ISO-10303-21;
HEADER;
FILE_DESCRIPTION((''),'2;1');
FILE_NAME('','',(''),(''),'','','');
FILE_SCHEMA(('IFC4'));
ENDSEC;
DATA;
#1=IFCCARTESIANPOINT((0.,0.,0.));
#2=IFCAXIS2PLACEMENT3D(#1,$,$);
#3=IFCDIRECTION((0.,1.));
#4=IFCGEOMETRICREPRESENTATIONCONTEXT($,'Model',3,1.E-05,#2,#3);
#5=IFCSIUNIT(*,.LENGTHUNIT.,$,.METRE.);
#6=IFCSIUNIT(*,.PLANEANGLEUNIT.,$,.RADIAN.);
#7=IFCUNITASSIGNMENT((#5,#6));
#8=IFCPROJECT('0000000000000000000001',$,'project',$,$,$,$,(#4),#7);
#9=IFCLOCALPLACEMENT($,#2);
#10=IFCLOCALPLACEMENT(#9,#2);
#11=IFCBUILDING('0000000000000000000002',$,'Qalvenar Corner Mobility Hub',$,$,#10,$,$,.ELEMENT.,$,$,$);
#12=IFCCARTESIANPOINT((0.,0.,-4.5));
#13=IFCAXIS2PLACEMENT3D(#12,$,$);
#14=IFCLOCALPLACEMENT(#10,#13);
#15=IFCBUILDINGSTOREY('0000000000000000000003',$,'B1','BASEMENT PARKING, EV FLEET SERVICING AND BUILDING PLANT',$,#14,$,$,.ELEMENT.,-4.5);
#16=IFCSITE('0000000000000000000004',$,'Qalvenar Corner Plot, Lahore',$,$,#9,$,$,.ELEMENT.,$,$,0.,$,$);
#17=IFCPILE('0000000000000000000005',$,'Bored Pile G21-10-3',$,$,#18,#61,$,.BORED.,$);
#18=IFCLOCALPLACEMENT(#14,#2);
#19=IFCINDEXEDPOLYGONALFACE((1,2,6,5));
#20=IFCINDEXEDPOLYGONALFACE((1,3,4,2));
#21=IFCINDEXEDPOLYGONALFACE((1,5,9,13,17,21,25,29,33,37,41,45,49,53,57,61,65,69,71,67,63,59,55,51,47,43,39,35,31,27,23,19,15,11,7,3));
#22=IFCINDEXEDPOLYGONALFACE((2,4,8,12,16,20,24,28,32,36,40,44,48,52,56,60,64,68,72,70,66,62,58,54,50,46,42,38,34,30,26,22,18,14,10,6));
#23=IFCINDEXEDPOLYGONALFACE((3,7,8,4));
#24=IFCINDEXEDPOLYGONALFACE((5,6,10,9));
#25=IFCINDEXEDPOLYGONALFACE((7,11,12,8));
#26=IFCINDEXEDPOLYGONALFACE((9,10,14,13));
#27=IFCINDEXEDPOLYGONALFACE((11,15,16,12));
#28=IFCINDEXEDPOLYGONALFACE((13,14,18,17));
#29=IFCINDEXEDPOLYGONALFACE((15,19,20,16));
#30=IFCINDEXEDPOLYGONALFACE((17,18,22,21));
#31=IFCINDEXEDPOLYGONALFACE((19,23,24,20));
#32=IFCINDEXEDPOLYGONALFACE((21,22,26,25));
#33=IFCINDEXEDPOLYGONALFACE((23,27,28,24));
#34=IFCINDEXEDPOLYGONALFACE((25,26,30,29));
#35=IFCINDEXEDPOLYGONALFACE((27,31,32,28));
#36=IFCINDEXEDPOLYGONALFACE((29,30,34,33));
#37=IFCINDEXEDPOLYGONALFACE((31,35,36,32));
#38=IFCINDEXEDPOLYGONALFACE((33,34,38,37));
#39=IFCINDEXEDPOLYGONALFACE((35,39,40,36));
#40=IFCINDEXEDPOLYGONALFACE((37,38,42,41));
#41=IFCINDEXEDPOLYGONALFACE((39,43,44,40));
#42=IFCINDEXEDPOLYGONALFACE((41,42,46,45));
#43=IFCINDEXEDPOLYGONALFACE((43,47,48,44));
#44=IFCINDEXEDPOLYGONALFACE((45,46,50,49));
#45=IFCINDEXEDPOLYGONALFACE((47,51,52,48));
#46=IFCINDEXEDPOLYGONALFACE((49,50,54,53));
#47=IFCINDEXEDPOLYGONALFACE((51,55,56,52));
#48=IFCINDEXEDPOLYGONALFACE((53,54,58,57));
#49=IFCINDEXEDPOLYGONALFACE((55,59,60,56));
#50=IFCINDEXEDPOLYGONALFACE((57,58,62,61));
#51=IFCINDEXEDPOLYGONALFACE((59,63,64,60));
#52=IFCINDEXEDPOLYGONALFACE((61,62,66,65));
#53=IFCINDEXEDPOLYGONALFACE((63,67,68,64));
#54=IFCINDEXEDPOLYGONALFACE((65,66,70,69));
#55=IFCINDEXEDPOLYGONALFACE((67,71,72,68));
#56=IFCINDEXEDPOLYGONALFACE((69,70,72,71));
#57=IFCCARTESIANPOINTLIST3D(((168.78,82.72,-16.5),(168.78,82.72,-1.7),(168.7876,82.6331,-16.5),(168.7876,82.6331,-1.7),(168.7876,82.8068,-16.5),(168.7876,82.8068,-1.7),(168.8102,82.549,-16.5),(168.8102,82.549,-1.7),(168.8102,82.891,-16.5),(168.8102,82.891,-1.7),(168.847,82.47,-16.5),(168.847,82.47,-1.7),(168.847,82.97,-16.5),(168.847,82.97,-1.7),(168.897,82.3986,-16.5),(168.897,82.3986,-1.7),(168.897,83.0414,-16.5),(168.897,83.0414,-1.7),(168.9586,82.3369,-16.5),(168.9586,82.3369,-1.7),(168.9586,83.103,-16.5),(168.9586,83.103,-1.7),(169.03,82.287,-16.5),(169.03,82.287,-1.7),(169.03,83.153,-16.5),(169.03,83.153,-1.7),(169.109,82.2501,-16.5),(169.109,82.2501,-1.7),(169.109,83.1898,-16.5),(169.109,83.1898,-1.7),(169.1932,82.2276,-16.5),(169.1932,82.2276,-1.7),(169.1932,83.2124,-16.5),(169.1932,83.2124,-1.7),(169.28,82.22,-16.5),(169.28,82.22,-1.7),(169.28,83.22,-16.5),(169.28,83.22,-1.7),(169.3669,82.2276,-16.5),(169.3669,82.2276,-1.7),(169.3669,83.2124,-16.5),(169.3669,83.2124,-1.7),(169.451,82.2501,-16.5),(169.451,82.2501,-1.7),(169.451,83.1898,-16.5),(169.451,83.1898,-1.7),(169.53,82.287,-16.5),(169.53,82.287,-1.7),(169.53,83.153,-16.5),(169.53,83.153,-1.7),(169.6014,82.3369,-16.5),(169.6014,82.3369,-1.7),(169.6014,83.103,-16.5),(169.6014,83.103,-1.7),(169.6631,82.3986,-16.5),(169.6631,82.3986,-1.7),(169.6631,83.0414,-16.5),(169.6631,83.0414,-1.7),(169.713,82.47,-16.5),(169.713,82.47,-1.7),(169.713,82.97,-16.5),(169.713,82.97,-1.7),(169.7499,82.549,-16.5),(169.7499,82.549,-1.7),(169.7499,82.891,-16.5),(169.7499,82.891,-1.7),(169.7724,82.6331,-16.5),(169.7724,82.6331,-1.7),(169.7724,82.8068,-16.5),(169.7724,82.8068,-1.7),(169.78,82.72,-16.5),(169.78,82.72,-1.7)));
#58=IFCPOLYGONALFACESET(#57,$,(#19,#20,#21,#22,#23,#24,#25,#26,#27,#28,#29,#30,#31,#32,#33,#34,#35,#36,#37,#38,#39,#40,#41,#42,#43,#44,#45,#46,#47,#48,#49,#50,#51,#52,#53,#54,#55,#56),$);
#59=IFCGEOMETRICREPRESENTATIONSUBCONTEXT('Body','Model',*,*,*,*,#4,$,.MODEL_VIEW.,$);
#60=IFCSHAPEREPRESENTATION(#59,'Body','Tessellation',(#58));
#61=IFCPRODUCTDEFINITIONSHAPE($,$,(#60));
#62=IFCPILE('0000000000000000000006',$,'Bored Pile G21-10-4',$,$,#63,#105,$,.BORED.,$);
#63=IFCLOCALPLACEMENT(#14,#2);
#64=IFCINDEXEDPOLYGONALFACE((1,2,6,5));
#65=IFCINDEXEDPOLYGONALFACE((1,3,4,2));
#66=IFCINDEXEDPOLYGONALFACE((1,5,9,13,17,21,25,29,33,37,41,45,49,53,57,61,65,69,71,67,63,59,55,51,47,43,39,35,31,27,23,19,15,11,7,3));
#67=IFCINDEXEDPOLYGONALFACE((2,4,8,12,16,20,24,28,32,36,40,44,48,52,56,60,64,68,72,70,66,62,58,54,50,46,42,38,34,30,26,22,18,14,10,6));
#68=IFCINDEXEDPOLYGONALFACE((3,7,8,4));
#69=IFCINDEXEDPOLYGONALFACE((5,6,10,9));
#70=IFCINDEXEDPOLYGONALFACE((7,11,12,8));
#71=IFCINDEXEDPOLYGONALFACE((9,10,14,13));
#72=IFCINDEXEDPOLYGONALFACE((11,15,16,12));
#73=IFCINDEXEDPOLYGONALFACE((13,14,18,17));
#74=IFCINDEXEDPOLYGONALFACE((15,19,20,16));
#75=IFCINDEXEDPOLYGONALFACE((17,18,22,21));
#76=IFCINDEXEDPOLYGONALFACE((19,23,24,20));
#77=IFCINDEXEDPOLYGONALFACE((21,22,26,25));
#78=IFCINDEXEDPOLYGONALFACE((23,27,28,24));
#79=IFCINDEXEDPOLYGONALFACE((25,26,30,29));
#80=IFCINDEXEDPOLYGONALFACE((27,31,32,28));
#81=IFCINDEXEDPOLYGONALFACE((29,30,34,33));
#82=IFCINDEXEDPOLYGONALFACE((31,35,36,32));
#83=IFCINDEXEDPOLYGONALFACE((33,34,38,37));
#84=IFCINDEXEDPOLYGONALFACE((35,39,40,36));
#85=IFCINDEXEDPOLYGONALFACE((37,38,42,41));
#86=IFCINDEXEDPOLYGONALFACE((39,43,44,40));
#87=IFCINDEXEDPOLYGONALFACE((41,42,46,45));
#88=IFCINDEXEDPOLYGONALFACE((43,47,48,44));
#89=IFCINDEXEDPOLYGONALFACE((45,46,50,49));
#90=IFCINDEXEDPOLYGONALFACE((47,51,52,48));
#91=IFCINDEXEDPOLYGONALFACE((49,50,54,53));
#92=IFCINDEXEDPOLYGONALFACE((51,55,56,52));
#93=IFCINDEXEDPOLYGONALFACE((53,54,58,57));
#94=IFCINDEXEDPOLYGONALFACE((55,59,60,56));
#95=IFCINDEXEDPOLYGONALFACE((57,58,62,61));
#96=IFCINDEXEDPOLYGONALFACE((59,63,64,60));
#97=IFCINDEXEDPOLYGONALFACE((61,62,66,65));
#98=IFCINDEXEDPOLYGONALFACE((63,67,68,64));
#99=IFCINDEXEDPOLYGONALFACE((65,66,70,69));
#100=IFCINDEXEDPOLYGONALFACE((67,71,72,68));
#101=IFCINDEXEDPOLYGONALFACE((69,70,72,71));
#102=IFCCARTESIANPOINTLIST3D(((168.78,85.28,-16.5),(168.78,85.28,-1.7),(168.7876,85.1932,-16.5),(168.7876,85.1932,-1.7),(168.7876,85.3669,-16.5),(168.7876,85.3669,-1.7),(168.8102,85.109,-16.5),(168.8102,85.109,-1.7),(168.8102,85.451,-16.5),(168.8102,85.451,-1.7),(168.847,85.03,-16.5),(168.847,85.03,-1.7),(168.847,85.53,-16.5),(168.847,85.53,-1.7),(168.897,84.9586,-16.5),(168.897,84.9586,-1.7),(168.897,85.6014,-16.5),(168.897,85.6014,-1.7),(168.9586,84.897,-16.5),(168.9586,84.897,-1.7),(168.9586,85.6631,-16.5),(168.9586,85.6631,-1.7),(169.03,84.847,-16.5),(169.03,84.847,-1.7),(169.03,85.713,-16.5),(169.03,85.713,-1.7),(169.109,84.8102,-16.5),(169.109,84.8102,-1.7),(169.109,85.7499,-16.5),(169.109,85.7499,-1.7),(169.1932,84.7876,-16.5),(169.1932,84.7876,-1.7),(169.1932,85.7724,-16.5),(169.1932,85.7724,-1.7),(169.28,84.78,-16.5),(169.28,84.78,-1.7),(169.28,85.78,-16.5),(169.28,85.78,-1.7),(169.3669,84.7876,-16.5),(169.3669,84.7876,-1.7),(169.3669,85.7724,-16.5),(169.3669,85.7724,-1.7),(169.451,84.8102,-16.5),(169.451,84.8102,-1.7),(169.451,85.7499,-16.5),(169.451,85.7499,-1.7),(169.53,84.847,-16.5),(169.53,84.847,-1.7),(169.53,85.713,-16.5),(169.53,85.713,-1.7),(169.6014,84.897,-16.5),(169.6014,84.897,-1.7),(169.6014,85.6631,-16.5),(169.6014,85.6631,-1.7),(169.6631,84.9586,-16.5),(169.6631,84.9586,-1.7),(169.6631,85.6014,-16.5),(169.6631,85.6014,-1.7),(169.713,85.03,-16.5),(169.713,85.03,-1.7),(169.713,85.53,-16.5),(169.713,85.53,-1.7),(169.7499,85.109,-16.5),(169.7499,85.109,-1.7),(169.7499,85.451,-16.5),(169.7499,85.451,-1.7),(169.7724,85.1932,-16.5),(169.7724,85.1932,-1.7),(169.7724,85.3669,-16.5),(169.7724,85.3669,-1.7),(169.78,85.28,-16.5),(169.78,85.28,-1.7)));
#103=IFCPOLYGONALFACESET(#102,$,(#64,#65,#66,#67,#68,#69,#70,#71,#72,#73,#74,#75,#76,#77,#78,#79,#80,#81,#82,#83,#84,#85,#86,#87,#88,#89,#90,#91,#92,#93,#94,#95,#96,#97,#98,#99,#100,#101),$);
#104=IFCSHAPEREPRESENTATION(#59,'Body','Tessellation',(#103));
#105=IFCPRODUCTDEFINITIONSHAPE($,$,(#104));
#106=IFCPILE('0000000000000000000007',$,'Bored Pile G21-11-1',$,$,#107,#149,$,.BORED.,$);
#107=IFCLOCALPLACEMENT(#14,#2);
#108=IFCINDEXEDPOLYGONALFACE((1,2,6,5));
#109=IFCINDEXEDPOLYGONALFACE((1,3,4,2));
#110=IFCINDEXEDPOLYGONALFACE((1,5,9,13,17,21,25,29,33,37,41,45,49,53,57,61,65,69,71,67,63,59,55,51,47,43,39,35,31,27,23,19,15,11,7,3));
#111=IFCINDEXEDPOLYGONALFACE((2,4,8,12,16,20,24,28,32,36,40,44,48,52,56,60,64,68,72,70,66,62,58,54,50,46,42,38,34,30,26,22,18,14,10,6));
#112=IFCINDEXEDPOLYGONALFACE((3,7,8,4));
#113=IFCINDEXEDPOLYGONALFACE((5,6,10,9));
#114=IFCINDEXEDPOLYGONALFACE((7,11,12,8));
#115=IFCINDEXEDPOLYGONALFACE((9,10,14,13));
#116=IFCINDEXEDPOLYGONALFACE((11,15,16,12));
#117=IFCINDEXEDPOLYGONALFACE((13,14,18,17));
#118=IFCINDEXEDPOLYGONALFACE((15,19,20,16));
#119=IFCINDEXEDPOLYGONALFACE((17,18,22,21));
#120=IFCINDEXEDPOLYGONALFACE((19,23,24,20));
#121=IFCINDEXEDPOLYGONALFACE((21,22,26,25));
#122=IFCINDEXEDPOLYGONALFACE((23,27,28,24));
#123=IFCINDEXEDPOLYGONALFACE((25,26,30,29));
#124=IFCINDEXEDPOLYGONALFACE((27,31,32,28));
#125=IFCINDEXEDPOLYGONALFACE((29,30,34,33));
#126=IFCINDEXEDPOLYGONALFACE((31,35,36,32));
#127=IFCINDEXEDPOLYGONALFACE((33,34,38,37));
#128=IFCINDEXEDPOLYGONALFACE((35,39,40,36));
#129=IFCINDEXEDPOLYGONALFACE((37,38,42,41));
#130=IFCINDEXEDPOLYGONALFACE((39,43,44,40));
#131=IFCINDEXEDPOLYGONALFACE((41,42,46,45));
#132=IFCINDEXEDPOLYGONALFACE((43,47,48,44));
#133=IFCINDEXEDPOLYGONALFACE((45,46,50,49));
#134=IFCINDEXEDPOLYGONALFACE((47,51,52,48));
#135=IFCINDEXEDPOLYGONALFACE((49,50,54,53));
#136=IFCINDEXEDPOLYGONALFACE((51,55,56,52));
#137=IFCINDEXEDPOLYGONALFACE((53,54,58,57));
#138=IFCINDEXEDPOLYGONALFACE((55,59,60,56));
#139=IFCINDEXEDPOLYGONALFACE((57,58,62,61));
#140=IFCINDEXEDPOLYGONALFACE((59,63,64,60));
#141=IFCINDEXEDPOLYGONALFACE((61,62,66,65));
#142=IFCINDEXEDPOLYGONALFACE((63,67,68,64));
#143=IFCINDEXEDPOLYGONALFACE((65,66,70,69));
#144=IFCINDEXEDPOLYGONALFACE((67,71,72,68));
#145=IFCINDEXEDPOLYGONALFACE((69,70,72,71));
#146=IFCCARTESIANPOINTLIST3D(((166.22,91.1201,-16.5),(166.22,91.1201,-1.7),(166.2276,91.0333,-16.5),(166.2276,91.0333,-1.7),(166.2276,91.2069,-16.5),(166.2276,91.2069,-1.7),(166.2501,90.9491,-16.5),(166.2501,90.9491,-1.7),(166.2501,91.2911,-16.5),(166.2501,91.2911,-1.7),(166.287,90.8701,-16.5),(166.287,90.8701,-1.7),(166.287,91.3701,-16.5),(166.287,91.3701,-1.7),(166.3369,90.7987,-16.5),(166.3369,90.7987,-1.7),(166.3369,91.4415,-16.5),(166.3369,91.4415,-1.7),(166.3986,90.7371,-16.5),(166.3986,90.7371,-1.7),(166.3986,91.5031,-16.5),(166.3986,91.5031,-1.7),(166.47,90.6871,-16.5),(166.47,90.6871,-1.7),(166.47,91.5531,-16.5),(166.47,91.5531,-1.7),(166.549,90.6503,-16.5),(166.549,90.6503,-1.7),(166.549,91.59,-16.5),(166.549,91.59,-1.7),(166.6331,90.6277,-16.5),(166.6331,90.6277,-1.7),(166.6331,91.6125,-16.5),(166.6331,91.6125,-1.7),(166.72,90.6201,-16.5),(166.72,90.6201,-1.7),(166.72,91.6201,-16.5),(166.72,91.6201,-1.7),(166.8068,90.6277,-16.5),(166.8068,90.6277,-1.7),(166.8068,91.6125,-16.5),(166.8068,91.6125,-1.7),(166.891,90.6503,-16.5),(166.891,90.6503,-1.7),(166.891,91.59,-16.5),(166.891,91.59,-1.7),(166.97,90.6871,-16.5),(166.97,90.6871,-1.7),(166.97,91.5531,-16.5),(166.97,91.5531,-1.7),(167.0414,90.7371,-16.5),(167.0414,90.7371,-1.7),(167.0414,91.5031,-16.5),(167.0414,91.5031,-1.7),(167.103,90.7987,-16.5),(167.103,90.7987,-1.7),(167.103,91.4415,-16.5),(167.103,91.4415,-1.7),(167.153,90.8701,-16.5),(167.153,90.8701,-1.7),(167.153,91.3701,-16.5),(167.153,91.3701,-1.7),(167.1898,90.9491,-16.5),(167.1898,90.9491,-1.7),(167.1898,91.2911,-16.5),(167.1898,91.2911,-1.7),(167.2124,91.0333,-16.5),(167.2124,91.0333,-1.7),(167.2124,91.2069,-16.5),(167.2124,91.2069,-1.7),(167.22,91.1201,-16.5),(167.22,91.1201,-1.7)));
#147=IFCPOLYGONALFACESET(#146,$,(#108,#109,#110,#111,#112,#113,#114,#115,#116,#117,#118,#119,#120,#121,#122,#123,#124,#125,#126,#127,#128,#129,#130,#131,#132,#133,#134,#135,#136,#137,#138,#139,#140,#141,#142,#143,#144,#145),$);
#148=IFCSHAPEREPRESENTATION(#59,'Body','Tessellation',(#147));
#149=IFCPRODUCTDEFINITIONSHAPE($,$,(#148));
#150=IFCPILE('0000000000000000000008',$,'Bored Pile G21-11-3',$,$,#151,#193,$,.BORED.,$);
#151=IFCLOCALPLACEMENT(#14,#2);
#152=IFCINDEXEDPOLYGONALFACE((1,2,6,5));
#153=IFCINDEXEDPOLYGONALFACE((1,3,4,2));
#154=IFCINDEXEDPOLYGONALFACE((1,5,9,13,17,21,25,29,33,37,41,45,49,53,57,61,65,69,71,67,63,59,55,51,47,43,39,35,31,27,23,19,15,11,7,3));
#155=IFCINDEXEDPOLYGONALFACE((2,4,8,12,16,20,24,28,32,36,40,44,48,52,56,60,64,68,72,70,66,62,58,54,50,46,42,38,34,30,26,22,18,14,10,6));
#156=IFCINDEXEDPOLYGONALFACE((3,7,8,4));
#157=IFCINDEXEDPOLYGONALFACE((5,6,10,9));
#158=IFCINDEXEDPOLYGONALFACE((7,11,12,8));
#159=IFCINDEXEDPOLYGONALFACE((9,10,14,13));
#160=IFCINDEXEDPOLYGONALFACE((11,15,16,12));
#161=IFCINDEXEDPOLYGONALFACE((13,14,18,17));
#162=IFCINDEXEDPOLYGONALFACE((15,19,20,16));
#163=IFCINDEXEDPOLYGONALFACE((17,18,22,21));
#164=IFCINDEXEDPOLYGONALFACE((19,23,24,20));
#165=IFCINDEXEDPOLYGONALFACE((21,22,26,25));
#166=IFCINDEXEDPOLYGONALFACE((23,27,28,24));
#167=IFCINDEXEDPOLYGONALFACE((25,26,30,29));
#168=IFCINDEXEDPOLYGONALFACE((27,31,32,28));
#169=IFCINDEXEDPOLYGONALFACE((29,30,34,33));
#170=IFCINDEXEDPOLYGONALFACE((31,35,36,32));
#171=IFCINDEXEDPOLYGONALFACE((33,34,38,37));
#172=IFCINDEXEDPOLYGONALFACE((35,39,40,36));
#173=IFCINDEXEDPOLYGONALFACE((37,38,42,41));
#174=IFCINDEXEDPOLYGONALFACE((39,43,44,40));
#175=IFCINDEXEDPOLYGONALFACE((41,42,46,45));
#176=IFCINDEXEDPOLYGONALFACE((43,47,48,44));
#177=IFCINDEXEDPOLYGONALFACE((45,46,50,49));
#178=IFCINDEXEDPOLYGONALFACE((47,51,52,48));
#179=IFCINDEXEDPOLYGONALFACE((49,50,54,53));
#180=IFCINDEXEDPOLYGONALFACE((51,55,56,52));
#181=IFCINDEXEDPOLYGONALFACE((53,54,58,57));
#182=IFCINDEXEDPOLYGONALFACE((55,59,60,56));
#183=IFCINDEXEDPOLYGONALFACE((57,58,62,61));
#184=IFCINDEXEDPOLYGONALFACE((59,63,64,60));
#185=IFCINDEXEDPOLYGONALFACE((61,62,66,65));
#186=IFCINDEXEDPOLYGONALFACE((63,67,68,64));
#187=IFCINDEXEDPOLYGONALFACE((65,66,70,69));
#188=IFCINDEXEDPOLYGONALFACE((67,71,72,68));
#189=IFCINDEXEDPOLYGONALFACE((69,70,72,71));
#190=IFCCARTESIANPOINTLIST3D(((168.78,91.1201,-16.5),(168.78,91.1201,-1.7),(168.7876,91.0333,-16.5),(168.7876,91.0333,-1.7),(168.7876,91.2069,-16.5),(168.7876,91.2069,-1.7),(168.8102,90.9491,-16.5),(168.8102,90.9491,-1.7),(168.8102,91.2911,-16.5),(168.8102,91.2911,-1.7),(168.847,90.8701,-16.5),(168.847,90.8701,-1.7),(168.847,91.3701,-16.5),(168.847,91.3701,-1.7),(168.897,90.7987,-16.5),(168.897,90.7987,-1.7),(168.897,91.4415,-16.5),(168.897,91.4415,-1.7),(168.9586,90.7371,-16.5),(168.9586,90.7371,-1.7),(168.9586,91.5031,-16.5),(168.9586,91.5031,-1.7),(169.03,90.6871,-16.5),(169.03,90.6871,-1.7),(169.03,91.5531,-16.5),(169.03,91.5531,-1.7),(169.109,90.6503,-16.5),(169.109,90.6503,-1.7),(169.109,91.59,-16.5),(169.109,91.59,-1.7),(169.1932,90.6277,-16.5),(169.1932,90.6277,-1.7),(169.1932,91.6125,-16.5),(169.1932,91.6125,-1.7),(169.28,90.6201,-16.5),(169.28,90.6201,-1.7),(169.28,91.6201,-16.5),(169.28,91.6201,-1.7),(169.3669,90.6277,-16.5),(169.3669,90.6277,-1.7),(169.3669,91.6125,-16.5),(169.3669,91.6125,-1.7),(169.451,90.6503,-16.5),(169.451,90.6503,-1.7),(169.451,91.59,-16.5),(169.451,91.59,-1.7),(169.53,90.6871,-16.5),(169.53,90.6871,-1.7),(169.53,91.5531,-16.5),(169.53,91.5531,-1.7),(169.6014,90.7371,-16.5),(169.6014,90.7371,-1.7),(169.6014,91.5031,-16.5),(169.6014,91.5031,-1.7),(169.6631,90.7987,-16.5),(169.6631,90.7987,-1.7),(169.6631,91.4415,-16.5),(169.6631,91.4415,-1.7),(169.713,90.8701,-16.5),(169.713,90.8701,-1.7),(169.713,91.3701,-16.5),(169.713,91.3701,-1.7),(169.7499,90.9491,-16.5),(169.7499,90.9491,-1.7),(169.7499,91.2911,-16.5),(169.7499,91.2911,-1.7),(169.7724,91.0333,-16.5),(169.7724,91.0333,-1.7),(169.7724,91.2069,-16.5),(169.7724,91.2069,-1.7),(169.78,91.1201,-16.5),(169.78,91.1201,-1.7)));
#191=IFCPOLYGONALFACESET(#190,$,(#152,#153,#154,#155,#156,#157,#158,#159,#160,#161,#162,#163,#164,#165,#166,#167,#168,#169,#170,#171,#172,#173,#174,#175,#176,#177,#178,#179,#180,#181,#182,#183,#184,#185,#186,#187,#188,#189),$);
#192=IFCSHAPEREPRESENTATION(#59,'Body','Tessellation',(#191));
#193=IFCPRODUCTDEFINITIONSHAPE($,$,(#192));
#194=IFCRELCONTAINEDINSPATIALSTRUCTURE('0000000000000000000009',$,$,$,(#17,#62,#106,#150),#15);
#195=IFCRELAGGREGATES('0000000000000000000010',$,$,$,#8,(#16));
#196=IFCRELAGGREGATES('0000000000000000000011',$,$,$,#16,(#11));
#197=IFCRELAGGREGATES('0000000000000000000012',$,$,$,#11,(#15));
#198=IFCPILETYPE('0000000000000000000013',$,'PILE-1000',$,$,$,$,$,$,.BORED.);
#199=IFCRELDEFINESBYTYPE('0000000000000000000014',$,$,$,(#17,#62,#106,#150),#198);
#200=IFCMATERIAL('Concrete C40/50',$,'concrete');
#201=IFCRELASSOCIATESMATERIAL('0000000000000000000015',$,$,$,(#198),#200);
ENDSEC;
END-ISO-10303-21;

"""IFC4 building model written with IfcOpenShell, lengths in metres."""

from ifc_helpers import new_model, si_unit, direction, frame, origin, origin_2d, place, context, subcontext, project, spatial, circle, extrude, material, material_profile, profile_set, type_object, element, save


model = new_model("IFC4")

# Units and contexts
model_context = context("Model", 3, precision=1e-05, world=origin(), true_north=direction((0.0, 1.0)))
body_context = subcontext(model_context, "Body", "Model", "MODEL_VIEW")
ifc_project = project(units=[si_unit("LENGTHUNIT", "METRE"), si_unit("PLANEANGLEUNIT", "RADIAN")], contexts=[model_context])

# Site, building, storey
site_placement = place(None, origin())
site = spatial("IfcSite", under=ifc_project, at=site_placement, Name="Qalvenar Corner Plot, Lahore", CompositionType="ELEMENT", RefElevation=0.0)
building_placement = place(site_placement, origin())
building = spatial("IfcBuilding", under=site, at=building_placement, Name="Qalvenar Corner Mobility Hub", CompositionType="ELEMENT")
storey_placement = place(building_placement, frame((0.0, 0.0, -4.5)))
storey = spatial("IfcBuildingStorey", under=building, at=storey_placement, Name="B1", Description="BASEMENT PARKING, EV FLEET SERVICING AND BUILDING PLANT", CompositionType="ELEMENT", Elevation=-4.5)

# Shared definitions
ifc_material_1 = material(Name="Concrete C40/50", Category="concrete")

# Piles
ifc_material_profile_1 = material_profile(ifc_material_1, circle(Radius=0.5, at=origin_2d()), Name="DIA1000")
ifc_profile_set_1 = profile_set([ifc_material_profile_1], Name="Concrete C40/50")
pile_type = type_object("IfcPileType", Name="PILE-1000", PredefinedType="BORED", material=ifc_profile_set_1)
for number, where, z_axis, x_axis, name in (
    (1, (169.28, 82.72, -1.7), (0.0, 0.0, -1.0), (1.0, 0.0, 0.0), "Bored Pile G21-10-3"),
    (2, (169.28, 85.28, -1.7), (0.0, 0.0, -1.0), (1.0, 0.0, 0.0), "Bored Pile G21-10-4"),
    (3, (166.72, 91.1201, -1.7), (0.0, 0.0, -1.0), (1.0, 0.0, 0.0), "Bored Pile G21-11-1"),
    (4, (169.28, 91.1201, -1.7), (0.0, 0.0, -1.0), (1.0, 0.0, 0.0), "Bored Pile G21-11-3"),
):
    element("IfcPile", number, at=place(storey_placement, frame(where, z_axis=z_axis, x_axis=x_axis)), inside=storey, type_object=pile_type, Name=name, PredefinedType="BORED", context=body_context, shape_type="SweptSolid", body=[
        extrude(circle(Radius=0.5, at=origin_2d()), origin(), (0.0, 0.0, 1.0), 14.8),
    ])

save(model, "model.ifc")
